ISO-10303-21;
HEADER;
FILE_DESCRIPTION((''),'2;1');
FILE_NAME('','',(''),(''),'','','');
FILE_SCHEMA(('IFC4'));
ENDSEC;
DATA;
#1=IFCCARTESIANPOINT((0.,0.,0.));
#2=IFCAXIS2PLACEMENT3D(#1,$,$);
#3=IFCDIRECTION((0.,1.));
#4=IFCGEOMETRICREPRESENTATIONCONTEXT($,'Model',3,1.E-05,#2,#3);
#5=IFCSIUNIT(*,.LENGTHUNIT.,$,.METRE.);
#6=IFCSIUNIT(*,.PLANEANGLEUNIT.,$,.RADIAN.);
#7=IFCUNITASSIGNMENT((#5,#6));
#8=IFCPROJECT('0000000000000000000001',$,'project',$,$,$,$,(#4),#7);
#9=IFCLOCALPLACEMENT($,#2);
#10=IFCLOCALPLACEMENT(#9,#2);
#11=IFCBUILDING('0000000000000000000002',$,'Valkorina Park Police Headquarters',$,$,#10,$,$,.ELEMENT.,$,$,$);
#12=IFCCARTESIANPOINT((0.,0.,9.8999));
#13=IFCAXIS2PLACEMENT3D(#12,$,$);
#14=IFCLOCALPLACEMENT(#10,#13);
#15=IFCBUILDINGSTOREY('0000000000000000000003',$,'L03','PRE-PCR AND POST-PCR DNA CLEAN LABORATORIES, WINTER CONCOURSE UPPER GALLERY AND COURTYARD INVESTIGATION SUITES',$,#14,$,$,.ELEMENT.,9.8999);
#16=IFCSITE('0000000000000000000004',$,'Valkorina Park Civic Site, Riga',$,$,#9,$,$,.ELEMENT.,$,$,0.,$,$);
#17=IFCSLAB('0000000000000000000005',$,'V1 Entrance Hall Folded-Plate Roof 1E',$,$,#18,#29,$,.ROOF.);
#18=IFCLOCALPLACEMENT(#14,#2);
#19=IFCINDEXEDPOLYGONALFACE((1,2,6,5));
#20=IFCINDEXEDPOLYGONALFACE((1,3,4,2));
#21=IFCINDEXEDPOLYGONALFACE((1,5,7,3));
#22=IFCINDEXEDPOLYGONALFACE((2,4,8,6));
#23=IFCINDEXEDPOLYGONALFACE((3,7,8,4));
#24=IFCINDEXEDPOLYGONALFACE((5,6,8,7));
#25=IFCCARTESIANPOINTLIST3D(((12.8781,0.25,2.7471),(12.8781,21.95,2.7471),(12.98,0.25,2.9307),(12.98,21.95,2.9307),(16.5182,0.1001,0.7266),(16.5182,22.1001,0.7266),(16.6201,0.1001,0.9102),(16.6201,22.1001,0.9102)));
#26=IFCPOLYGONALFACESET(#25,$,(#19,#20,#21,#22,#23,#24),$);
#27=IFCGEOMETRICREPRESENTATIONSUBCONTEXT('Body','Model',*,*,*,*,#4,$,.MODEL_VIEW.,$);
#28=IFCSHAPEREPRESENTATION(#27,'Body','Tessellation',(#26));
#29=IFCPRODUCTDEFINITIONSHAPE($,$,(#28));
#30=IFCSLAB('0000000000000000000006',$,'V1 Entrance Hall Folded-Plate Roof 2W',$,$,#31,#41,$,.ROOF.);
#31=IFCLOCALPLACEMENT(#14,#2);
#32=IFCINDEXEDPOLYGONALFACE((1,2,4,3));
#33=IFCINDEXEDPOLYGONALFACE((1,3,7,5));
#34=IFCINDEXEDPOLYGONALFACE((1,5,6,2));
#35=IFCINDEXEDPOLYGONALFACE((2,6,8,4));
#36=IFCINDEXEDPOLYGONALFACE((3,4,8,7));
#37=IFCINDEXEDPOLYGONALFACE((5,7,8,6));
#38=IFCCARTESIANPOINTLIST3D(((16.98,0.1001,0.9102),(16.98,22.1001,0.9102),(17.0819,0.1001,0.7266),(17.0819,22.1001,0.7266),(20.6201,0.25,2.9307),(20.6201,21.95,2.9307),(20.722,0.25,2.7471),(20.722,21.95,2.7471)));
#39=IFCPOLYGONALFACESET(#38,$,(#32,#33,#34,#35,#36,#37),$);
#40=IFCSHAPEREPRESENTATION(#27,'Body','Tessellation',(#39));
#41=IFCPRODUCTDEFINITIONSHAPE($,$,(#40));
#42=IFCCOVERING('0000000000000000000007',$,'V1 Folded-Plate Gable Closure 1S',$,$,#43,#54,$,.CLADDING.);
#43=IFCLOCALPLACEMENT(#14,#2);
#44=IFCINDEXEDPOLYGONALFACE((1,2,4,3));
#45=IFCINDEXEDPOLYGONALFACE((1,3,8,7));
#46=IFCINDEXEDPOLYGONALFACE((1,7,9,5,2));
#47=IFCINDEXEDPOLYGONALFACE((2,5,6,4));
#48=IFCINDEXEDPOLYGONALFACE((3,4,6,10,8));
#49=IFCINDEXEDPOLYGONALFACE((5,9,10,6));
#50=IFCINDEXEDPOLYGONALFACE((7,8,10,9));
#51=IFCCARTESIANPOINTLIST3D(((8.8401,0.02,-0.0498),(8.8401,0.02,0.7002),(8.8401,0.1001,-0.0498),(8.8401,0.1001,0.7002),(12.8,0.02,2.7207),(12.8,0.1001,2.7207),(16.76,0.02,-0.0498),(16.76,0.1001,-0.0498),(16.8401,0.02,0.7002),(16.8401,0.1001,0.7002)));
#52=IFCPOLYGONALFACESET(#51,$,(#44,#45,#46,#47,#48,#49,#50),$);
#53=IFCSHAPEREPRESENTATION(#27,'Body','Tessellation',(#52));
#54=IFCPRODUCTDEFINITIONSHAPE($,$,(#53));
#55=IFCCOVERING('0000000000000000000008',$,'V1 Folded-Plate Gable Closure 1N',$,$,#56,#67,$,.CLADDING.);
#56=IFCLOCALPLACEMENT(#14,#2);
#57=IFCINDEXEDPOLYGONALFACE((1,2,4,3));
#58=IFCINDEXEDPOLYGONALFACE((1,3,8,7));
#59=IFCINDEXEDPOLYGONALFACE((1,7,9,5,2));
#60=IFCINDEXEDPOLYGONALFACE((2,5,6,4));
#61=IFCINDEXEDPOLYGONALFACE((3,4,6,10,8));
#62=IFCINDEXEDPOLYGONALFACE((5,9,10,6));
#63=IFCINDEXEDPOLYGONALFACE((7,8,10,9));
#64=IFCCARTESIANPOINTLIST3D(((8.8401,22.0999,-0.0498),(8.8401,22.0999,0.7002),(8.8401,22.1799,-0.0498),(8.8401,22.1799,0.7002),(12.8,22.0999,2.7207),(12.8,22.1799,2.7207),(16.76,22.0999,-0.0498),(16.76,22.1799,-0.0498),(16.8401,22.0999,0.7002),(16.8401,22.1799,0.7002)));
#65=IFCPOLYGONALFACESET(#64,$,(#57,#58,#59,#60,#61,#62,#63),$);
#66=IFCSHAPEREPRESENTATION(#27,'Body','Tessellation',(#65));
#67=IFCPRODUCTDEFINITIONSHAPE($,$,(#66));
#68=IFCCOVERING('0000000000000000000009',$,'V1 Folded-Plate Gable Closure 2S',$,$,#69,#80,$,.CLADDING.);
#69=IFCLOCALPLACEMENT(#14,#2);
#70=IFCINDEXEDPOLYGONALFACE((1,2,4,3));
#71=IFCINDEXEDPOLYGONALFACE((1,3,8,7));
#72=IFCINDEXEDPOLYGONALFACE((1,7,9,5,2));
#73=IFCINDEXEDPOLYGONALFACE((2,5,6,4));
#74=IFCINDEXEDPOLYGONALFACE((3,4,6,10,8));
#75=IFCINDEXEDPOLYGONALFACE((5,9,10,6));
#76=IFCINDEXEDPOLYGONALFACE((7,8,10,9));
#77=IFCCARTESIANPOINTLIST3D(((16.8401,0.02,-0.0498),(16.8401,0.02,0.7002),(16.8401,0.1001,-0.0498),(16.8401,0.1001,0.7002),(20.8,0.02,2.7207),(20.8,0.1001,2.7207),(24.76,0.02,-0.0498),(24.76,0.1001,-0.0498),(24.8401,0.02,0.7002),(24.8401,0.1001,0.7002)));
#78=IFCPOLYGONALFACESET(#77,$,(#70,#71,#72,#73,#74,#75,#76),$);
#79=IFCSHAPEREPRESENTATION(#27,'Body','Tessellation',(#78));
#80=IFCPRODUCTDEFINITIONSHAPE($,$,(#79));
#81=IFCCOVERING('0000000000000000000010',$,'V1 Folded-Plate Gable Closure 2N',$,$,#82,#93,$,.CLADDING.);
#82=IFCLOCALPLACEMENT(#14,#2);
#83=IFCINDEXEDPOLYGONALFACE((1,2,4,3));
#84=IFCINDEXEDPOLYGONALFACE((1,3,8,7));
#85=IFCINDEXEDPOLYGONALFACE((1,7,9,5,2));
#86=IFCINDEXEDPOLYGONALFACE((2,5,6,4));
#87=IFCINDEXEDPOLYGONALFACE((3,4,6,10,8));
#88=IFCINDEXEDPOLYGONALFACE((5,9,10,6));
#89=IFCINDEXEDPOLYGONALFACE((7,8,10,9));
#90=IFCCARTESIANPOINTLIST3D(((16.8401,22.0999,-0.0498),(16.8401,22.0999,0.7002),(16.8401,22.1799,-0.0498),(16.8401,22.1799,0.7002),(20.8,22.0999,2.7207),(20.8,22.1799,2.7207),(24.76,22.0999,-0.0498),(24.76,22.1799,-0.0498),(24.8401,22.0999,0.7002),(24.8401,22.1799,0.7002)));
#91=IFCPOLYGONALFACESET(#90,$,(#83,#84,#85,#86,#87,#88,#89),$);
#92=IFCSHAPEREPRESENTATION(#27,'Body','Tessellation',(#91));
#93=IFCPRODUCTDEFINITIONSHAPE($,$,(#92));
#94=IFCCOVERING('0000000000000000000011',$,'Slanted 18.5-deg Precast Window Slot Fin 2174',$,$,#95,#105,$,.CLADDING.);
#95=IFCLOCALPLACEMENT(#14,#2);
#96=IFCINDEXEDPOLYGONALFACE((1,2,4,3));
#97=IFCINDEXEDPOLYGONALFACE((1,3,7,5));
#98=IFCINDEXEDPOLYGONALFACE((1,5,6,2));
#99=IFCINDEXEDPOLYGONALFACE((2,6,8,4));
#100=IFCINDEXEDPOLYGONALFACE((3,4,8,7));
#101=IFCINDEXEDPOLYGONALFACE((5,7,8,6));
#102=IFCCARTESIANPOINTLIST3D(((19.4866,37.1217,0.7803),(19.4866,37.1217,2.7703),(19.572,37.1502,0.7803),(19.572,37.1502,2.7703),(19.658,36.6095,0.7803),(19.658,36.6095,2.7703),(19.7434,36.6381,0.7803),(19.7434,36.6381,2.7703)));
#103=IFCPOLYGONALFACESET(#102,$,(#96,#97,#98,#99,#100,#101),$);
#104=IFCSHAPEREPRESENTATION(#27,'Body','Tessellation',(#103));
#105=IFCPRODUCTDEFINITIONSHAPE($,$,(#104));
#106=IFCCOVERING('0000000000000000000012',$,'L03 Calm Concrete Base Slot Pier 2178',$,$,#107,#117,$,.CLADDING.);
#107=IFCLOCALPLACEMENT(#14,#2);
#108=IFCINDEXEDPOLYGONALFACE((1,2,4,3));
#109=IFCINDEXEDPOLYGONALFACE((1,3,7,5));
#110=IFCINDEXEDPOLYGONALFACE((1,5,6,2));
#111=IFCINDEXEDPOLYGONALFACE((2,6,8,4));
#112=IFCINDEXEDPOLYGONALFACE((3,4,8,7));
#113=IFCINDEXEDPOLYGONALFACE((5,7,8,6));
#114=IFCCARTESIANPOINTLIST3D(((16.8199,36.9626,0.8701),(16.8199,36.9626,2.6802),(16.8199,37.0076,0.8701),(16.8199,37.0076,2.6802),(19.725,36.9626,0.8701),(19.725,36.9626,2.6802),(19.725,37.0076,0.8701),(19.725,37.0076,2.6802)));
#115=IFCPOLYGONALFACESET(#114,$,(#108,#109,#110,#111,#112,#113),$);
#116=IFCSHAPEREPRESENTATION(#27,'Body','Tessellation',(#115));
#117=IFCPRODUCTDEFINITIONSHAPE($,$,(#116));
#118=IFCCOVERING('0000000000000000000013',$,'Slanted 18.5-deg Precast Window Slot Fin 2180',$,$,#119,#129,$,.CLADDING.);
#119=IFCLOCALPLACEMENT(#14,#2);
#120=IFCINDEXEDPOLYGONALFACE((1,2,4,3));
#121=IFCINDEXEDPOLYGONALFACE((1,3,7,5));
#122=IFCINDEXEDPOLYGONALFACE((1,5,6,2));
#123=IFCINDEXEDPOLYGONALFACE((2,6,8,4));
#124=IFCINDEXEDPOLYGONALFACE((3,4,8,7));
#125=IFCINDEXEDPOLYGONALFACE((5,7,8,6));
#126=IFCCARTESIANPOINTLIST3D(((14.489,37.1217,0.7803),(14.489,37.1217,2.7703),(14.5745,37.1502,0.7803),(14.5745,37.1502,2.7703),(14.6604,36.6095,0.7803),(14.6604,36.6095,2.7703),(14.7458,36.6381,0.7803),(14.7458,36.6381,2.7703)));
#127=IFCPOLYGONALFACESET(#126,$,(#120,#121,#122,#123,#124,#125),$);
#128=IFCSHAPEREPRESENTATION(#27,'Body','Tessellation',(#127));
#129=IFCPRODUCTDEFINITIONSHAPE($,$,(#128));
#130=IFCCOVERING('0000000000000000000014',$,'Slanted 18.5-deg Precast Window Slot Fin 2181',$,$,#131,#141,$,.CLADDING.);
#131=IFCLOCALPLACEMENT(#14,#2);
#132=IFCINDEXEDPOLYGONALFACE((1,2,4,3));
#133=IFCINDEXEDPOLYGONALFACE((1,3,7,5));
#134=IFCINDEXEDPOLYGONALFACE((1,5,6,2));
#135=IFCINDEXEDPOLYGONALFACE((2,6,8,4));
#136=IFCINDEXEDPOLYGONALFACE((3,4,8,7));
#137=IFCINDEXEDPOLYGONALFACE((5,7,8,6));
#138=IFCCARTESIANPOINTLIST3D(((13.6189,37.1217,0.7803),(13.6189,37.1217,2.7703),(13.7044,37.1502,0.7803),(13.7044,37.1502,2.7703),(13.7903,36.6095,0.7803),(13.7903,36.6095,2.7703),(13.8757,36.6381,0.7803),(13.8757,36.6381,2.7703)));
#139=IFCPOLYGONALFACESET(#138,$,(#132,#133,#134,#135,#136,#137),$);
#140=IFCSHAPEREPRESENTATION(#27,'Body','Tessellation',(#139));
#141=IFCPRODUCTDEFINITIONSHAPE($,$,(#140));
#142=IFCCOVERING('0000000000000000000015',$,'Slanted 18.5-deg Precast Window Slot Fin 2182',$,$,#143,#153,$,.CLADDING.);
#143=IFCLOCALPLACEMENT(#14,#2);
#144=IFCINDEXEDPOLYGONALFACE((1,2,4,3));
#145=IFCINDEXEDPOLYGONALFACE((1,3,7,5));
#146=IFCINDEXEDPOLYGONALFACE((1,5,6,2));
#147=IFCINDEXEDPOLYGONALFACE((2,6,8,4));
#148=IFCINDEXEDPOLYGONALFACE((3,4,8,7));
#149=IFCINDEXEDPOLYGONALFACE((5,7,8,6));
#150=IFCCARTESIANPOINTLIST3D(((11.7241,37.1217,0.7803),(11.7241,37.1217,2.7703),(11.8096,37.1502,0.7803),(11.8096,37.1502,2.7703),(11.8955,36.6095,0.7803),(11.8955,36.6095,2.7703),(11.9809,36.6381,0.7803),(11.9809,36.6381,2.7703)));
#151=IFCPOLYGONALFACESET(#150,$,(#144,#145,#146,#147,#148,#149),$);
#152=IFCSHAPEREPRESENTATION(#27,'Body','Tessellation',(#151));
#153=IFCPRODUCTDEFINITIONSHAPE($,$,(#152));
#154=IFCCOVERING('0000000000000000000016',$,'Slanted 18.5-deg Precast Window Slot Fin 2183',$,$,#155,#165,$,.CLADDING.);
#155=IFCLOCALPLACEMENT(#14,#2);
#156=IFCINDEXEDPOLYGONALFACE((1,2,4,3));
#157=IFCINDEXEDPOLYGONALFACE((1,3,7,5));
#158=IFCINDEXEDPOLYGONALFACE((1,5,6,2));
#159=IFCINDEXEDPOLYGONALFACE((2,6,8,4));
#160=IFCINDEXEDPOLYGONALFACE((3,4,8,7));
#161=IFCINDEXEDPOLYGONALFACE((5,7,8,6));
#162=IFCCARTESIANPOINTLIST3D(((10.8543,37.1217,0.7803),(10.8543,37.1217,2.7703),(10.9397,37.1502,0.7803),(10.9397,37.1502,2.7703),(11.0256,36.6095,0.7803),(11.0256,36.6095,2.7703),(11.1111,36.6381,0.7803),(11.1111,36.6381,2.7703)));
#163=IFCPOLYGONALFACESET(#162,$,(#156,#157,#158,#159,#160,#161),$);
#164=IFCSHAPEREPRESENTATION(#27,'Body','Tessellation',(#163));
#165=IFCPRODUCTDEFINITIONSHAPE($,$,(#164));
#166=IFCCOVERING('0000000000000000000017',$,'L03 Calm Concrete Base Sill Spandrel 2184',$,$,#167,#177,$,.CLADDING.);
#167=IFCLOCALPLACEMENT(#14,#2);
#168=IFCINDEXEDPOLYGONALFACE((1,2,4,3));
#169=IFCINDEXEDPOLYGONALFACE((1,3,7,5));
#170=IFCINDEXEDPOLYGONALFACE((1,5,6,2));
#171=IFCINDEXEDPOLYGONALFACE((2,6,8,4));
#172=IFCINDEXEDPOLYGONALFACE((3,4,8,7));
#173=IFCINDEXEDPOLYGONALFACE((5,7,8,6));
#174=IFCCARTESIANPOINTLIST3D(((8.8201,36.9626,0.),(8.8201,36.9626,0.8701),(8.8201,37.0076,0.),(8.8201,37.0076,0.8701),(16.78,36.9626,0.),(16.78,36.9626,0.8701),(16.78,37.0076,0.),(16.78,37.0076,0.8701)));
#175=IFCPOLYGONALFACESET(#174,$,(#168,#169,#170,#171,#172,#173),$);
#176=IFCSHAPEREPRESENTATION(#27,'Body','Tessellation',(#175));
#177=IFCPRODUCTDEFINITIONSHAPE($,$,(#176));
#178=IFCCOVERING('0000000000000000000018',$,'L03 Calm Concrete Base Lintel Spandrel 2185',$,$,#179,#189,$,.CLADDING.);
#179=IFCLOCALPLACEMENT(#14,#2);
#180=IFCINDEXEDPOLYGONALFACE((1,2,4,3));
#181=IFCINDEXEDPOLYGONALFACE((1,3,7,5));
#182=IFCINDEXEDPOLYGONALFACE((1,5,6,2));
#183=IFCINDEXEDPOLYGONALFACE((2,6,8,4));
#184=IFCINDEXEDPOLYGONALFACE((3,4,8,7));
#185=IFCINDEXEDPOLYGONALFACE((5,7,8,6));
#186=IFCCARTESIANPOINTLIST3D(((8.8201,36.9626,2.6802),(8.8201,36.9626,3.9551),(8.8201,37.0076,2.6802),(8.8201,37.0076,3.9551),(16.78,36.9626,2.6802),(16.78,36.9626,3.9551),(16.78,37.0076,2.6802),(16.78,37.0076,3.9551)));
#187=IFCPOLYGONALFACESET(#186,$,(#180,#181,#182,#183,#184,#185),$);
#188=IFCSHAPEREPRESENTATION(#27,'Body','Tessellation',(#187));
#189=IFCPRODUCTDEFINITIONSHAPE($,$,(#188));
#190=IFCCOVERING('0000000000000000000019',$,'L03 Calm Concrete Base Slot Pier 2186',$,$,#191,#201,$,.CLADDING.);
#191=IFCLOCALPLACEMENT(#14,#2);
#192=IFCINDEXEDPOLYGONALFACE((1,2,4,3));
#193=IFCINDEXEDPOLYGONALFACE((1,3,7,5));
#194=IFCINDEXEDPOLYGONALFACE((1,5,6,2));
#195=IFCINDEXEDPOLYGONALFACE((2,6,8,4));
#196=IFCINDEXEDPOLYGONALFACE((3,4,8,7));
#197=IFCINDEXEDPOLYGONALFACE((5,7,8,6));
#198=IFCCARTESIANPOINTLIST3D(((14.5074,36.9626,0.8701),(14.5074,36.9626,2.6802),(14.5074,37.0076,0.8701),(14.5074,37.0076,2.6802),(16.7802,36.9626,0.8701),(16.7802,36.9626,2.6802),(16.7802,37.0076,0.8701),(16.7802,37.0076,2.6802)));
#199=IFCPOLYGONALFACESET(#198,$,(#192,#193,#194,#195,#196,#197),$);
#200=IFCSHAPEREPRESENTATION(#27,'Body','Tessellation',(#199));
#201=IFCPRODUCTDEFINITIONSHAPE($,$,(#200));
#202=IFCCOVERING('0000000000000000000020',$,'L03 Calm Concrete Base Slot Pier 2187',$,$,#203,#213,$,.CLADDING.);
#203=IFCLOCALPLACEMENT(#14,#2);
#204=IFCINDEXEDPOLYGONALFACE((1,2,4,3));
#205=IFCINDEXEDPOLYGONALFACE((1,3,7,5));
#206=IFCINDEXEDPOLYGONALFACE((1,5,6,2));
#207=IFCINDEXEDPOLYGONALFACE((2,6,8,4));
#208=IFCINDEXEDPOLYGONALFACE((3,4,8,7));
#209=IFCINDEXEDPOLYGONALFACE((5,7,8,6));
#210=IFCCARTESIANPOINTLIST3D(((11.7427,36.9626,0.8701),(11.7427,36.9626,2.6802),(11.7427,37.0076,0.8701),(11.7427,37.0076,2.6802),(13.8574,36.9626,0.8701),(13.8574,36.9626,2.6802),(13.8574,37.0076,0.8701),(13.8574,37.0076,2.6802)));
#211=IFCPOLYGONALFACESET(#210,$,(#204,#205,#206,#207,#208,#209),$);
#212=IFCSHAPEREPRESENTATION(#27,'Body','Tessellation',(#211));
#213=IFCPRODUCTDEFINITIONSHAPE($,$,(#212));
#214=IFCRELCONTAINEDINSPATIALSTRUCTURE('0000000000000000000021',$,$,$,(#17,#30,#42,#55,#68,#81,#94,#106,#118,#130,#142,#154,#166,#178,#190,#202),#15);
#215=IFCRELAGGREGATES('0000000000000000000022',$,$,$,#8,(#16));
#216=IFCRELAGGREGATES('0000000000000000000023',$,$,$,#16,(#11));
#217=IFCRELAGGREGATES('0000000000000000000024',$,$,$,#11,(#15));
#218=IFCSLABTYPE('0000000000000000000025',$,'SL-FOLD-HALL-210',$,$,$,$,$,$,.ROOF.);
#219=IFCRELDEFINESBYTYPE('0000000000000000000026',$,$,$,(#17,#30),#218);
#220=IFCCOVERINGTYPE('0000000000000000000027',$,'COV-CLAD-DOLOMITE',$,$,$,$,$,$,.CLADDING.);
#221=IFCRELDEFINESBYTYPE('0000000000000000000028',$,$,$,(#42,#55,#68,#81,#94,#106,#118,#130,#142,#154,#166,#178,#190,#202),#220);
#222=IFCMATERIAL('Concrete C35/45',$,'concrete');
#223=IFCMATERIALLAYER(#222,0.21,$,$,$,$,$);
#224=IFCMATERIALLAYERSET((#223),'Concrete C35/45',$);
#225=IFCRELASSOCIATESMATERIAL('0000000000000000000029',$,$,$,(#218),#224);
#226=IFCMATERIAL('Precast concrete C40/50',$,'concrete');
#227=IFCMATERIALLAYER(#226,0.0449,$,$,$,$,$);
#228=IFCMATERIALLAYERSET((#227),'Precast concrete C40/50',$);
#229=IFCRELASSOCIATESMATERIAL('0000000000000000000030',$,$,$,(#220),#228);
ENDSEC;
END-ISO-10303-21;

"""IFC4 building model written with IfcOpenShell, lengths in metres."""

from ifc_helpers import new_model, si_unit, direction, frame, frame_2d, origin, origin_2d, place, context, subcontext, project, spatial, polyline, rectangle, outline, extrude, material, layer, layer_set, type_object, element, save


model = new_model("IFC4")

# Units and contexts
model_context = context("Model", 3, precision=1e-05, world=origin(), true_north=direction((0.0, 1.0)))
body_context = subcontext(model_context, "Body", "Model", "MODEL_VIEW")
ifc_project = project(units=[si_unit("LENGTHUNIT", "METRE"), si_unit("PLANEANGLEUNIT", "RADIAN")], contexts=[model_context])

# Site, building, storey
site_placement = place(None, origin())
site = spatial("IfcSite", under=ifc_project, at=site_placement, Name="Valkorina Park Civic Site, Riga", CompositionType="ELEMENT", RefElevation=0.0)
building_placement = place(site_placement, origin())
building = spatial("IfcBuilding", under=site, at=building_placement, Name="Valkorina Park Police Headquarters", CompositionType="ELEMENT")
storey_placement = place(building_placement, frame((0.0, 0.0, 9.8999)))
storey = spatial("IfcBuildingStorey", under=building, at=storey_placement, Name="L03", Description="PRE-PCR AND POST-PCR DNA CLEAN LABORATORIES, WINTER CONCOURSE UPPER GALLERY AND COURTYARD INVESTIGATION SUITES", CompositionType="ELEMENT", Elevation=9.8999)

# Slabs
ifc_material_1 = material(Name="Concrete C35/45", Category="concrete")
ifc_layer_1 = layer(ifc_material_1, 0.21)
ifc_layer_set_1 = layer_set([ifc_layer_1], Name="Concrete C35/45")
slab_type = type_object("IfcSlabType", Name="SL-FOLD-HALL-210", PredefinedType="ROOF", material=ifc_layer_set_1)
slab_1_placement = place(storey_placement, frame((12.98, 0.25, 2.9307), z_axis=(0.485314, 0.0, 0.87434), x_axis=(0.873774, -0.035982, -0.485)))
element("IfcSlab", 1, at=slab_1_placement, inside=storey, type_object=slab_type, Name="V1 Entrance Hall Folded-Plate Roof 1E", PredefinedType="ROOF", context=body_context, shape_type="SweptSolid", body=[
    extrude(outline(polyline([(0.0, 0.0), (4.166, 0.0), (3.3744, 21.9858), (-0.7808, 21.6859), (0.0, 0.0)])), origin(), (0.0, 0.0, -1.0), 0.21),
])
slab_2_placement = place(storey_placement, frame((16.98, 0.1001, 0.9102), z_axis=(-0.485314, 0.0, 0.87434), x_axis=(0.873774, 0.035982, 0.485)))
element("IfcSlab", 2, at=slab_2_placement, inside=storey, type_object=slab_type, Name="V1 Entrance Hall Folded-Plate Roof 2W", PredefinedType="ROOF", context=body_context, shape_type="SweptSolid", body=[
    extrude(outline(polyline([(0.0, 0.0), (4.166, 0.0), (4.9468, 21.6859), (0.7916, 21.9858), (0.0, 0.0)])), origin(), (0.0, 0.0, -1.0), 0.21),
])

# Coverings
ifc_material_2 = material(Name="Precast concrete C40/50", Category="concrete")
ifc_layer_2 = layer(ifc_material_2, 0.0449)
ifc_layer_set_2 = layer_set([ifc_layer_2], Name="Precast concrete C40/50")
covering_type = type_object("IfcCoveringType", Name="COV-CLAD-DOLOMITE", PredefinedType="CLADDING", material=ifc_layer_set_2)
for number, where, z_axis, x_axis, name in (
    (3, (8.8401, 0.0601, -0.0498), (0.0, 0.0, 1.0), (1.0, 0.0, 0.0), "V1 Folded-Plate Gable Closure 1S"),
    (4, (8.8401, 22.1399, -0.0498), (0.0, 0.0, 1.0), (1.0, 0.0, 0.0), "V1 Folded-Plate Gable Closure 1N"),
    (5, (16.8401, 0.0601, -0.0498), (0.0, 0.0, 1.0), (1.0, 0.0, 0.0), "V1 Folded-Plate Gable Closure 2S"),
    (6, (16.8401, 22.1399, -0.0498), (0.0, 0.0, 1.0), (1.0, 0.0, 0.0), "V1 Folded-Plate Gable Closure 2N"),
):
    element("IfcCovering", number, at=place(storey_placement, frame(where, z_axis=z_axis, x_axis=x_axis)), inside=storey, type_object=covering_type, Name=name, PredefinedType="CLADDING", context=body_context, shape_type="SweptSolid", body=[
        extrude(outline(polyline([(0.0, 0.0), (7.9199, 0.0), (8.0, 0.75), (3.96, 2.7705), (0.0, 0.75), (0.0, 0.0)])), frame((0.0, 0.04, 0.0), z_axis=(0.0, -1.0, 0.0), x_axis=(1.0, 0.0, 0.0)), (0.0, 0.0, 1.0), 0.0801),
    ])
covering_1_placement = place(storey_placement, frame((19.615, 36.8799, 0.7803), z_axis=(0.0, 0.0, 1.0), x_axis=(0.317305, -0.948324, 0.0)))
element("IfcCovering", 7, at=covering_1_placement, inside=storey, type_object=covering_type, Name="Slanted 18.5-deg Precast Window Slot Fin 2174", PredefinedType="CLADDING", context=body_context, shape_type="SweptSolid", body=[
    extrude(rectangle(XDim=0.54, YDim=0.0901, at=origin_2d()), origin(), (0.0, 0.0, 1.0), 1.99),
])
covering_2_placement = place(storey_placement, frame((19.7251, 36.9851, 0.8701), z_axis=(0.0, 0.0, 1.0), x_axis=(-1.0, 0.0, 0.0)))
element("IfcCovering", 8, at=covering_2_placement, inside=storey, type_object=covering_type, Name="L03 Calm Concrete Base Slot Pier 2178", PredefinedType="CLADDING", context=body_context, shape_type="SweptSolid", body=[
    extrude(rectangle(XDim=2.905, YDim=0.0449, at=frame_2d((1.4526, 0.0))), origin(), (0.0, 0.0, 1.0), 1.8101),
])
for number, where, z_axis, x_axis, name in (
    (9, (14.6174, 36.8799, 0.7803), (0.0, 0.0, 1.0), (0.317305, -0.948324, 0.0), "Slanted 18.5-deg Precast Window Slot Fin 2180"),
    (10, (13.7473, 36.8799, 0.7803), (0.0, 0.0, 1.0), (0.317305, -0.948324, 0.0), "Slanted 18.5-deg Precast Window Slot Fin 2181"),
    (11, (11.8525, 36.8799, 0.7803), (0.0, 0.0, 1.0), (0.317305, -0.948324, 0.0), "Slanted 18.5-deg Precast Window Slot Fin 2182"),
    (12, (10.9827, 36.8799, 0.7803), (0.0, 0.0, 1.0), (0.317305, -0.948324, 0.0), "Slanted 18.5-deg Precast Window Slot Fin 2183"),
):
    element("IfcCovering", number, at=place(storey_placement, frame(where, z_axis=z_axis, x_axis=x_axis)), inside=storey, type_object=covering_type, Name=name, PredefinedType="CLADDING", context=body_context, shape_type="SweptSolid", body=[
        extrude(rectangle(XDim=0.54, YDim=0.0901, at=origin_2d()), origin(), (0.0, 0.0, 1.0), 1.99),
    ])
covering_3_placement = place(storey_placement, frame((16.78, 36.9851, 0.0), z_axis=(0.0, 0.0, 1.0), x_axis=(-1.0, 0.0, 0.0)))
element("IfcCovering", 13, at=covering_3_placement, inside=storey, type_object=covering_type, Name="L03 Calm Concrete Base Sill Spandrel 2184", PredefinedType="CLADDING", context=body_context, shape_type="SweptSolid", body=[
    extrude(rectangle(XDim=7.96, YDim=0.0449, at=frame_2d((3.98, 0.0))), origin(), (0.0, 0.0, 1.0), 0.8701),
])
covering_4_placement = place(storey_placement, frame((16.78, 36.9851, 2.6802), z_axis=(0.0, 0.0, 1.0), x_axis=(-1.0, 0.0, 0.0)))
element("IfcCovering", 14, at=covering_4_placement, inside=storey, type_object=covering_type, Name="L03 Calm Concrete Base Lintel Spandrel 2185", PredefinedType="CLADDING", context=body_context, shape_type="SweptSolid", body=[
    extrude(rectangle(XDim=7.96, YDim=0.0449, at=frame_2d((3.98, 0.0))), origin(), (0.0, 0.0, 1.0), 1.2749),
])
covering_5_placement = place(storey_placement, frame((16.78, 36.9851, 0.8701), z_axis=(0.0, 0.0, 1.0), x_axis=(-1.0, 0.0, 0.0)))
element("IfcCovering", 15, at=covering_5_placement, inside=storey, type_object=covering_type, Name="L03 Calm Concrete Base Slot Pier 2186", PredefinedType="CLADDING", context=body_context, shape_type="SweptSolid", body=[
    extrude(rectangle(XDim=2.2727, YDim=0.0449, at=frame_2d((1.1362, 0.0))), origin(), (0.0, 0.0, 1.0), 1.8101),
])
covering_6_placement = place(storey_placement, frame((13.8574, 36.9851, 0.8701), z_axis=(0.0, 0.0, 1.0), x_axis=(-1.0, 0.0, 0.0)))
element("IfcCovering", 16, at=covering_6_placement, inside=storey, type_object=covering_type, Name="L03 Calm Concrete Base Slot Pier 2187", PredefinedType="CLADDING", context=body_context, shape_type="SweptSolid", body=[
    extrude(rectangle(XDim=2.1147, YDim=0.0449, at=frame_2d((1.0574, 0.0))), origin(), (0.0, 0.0, 1.0), 1.8101),
])

save(model, "model.ifc")
